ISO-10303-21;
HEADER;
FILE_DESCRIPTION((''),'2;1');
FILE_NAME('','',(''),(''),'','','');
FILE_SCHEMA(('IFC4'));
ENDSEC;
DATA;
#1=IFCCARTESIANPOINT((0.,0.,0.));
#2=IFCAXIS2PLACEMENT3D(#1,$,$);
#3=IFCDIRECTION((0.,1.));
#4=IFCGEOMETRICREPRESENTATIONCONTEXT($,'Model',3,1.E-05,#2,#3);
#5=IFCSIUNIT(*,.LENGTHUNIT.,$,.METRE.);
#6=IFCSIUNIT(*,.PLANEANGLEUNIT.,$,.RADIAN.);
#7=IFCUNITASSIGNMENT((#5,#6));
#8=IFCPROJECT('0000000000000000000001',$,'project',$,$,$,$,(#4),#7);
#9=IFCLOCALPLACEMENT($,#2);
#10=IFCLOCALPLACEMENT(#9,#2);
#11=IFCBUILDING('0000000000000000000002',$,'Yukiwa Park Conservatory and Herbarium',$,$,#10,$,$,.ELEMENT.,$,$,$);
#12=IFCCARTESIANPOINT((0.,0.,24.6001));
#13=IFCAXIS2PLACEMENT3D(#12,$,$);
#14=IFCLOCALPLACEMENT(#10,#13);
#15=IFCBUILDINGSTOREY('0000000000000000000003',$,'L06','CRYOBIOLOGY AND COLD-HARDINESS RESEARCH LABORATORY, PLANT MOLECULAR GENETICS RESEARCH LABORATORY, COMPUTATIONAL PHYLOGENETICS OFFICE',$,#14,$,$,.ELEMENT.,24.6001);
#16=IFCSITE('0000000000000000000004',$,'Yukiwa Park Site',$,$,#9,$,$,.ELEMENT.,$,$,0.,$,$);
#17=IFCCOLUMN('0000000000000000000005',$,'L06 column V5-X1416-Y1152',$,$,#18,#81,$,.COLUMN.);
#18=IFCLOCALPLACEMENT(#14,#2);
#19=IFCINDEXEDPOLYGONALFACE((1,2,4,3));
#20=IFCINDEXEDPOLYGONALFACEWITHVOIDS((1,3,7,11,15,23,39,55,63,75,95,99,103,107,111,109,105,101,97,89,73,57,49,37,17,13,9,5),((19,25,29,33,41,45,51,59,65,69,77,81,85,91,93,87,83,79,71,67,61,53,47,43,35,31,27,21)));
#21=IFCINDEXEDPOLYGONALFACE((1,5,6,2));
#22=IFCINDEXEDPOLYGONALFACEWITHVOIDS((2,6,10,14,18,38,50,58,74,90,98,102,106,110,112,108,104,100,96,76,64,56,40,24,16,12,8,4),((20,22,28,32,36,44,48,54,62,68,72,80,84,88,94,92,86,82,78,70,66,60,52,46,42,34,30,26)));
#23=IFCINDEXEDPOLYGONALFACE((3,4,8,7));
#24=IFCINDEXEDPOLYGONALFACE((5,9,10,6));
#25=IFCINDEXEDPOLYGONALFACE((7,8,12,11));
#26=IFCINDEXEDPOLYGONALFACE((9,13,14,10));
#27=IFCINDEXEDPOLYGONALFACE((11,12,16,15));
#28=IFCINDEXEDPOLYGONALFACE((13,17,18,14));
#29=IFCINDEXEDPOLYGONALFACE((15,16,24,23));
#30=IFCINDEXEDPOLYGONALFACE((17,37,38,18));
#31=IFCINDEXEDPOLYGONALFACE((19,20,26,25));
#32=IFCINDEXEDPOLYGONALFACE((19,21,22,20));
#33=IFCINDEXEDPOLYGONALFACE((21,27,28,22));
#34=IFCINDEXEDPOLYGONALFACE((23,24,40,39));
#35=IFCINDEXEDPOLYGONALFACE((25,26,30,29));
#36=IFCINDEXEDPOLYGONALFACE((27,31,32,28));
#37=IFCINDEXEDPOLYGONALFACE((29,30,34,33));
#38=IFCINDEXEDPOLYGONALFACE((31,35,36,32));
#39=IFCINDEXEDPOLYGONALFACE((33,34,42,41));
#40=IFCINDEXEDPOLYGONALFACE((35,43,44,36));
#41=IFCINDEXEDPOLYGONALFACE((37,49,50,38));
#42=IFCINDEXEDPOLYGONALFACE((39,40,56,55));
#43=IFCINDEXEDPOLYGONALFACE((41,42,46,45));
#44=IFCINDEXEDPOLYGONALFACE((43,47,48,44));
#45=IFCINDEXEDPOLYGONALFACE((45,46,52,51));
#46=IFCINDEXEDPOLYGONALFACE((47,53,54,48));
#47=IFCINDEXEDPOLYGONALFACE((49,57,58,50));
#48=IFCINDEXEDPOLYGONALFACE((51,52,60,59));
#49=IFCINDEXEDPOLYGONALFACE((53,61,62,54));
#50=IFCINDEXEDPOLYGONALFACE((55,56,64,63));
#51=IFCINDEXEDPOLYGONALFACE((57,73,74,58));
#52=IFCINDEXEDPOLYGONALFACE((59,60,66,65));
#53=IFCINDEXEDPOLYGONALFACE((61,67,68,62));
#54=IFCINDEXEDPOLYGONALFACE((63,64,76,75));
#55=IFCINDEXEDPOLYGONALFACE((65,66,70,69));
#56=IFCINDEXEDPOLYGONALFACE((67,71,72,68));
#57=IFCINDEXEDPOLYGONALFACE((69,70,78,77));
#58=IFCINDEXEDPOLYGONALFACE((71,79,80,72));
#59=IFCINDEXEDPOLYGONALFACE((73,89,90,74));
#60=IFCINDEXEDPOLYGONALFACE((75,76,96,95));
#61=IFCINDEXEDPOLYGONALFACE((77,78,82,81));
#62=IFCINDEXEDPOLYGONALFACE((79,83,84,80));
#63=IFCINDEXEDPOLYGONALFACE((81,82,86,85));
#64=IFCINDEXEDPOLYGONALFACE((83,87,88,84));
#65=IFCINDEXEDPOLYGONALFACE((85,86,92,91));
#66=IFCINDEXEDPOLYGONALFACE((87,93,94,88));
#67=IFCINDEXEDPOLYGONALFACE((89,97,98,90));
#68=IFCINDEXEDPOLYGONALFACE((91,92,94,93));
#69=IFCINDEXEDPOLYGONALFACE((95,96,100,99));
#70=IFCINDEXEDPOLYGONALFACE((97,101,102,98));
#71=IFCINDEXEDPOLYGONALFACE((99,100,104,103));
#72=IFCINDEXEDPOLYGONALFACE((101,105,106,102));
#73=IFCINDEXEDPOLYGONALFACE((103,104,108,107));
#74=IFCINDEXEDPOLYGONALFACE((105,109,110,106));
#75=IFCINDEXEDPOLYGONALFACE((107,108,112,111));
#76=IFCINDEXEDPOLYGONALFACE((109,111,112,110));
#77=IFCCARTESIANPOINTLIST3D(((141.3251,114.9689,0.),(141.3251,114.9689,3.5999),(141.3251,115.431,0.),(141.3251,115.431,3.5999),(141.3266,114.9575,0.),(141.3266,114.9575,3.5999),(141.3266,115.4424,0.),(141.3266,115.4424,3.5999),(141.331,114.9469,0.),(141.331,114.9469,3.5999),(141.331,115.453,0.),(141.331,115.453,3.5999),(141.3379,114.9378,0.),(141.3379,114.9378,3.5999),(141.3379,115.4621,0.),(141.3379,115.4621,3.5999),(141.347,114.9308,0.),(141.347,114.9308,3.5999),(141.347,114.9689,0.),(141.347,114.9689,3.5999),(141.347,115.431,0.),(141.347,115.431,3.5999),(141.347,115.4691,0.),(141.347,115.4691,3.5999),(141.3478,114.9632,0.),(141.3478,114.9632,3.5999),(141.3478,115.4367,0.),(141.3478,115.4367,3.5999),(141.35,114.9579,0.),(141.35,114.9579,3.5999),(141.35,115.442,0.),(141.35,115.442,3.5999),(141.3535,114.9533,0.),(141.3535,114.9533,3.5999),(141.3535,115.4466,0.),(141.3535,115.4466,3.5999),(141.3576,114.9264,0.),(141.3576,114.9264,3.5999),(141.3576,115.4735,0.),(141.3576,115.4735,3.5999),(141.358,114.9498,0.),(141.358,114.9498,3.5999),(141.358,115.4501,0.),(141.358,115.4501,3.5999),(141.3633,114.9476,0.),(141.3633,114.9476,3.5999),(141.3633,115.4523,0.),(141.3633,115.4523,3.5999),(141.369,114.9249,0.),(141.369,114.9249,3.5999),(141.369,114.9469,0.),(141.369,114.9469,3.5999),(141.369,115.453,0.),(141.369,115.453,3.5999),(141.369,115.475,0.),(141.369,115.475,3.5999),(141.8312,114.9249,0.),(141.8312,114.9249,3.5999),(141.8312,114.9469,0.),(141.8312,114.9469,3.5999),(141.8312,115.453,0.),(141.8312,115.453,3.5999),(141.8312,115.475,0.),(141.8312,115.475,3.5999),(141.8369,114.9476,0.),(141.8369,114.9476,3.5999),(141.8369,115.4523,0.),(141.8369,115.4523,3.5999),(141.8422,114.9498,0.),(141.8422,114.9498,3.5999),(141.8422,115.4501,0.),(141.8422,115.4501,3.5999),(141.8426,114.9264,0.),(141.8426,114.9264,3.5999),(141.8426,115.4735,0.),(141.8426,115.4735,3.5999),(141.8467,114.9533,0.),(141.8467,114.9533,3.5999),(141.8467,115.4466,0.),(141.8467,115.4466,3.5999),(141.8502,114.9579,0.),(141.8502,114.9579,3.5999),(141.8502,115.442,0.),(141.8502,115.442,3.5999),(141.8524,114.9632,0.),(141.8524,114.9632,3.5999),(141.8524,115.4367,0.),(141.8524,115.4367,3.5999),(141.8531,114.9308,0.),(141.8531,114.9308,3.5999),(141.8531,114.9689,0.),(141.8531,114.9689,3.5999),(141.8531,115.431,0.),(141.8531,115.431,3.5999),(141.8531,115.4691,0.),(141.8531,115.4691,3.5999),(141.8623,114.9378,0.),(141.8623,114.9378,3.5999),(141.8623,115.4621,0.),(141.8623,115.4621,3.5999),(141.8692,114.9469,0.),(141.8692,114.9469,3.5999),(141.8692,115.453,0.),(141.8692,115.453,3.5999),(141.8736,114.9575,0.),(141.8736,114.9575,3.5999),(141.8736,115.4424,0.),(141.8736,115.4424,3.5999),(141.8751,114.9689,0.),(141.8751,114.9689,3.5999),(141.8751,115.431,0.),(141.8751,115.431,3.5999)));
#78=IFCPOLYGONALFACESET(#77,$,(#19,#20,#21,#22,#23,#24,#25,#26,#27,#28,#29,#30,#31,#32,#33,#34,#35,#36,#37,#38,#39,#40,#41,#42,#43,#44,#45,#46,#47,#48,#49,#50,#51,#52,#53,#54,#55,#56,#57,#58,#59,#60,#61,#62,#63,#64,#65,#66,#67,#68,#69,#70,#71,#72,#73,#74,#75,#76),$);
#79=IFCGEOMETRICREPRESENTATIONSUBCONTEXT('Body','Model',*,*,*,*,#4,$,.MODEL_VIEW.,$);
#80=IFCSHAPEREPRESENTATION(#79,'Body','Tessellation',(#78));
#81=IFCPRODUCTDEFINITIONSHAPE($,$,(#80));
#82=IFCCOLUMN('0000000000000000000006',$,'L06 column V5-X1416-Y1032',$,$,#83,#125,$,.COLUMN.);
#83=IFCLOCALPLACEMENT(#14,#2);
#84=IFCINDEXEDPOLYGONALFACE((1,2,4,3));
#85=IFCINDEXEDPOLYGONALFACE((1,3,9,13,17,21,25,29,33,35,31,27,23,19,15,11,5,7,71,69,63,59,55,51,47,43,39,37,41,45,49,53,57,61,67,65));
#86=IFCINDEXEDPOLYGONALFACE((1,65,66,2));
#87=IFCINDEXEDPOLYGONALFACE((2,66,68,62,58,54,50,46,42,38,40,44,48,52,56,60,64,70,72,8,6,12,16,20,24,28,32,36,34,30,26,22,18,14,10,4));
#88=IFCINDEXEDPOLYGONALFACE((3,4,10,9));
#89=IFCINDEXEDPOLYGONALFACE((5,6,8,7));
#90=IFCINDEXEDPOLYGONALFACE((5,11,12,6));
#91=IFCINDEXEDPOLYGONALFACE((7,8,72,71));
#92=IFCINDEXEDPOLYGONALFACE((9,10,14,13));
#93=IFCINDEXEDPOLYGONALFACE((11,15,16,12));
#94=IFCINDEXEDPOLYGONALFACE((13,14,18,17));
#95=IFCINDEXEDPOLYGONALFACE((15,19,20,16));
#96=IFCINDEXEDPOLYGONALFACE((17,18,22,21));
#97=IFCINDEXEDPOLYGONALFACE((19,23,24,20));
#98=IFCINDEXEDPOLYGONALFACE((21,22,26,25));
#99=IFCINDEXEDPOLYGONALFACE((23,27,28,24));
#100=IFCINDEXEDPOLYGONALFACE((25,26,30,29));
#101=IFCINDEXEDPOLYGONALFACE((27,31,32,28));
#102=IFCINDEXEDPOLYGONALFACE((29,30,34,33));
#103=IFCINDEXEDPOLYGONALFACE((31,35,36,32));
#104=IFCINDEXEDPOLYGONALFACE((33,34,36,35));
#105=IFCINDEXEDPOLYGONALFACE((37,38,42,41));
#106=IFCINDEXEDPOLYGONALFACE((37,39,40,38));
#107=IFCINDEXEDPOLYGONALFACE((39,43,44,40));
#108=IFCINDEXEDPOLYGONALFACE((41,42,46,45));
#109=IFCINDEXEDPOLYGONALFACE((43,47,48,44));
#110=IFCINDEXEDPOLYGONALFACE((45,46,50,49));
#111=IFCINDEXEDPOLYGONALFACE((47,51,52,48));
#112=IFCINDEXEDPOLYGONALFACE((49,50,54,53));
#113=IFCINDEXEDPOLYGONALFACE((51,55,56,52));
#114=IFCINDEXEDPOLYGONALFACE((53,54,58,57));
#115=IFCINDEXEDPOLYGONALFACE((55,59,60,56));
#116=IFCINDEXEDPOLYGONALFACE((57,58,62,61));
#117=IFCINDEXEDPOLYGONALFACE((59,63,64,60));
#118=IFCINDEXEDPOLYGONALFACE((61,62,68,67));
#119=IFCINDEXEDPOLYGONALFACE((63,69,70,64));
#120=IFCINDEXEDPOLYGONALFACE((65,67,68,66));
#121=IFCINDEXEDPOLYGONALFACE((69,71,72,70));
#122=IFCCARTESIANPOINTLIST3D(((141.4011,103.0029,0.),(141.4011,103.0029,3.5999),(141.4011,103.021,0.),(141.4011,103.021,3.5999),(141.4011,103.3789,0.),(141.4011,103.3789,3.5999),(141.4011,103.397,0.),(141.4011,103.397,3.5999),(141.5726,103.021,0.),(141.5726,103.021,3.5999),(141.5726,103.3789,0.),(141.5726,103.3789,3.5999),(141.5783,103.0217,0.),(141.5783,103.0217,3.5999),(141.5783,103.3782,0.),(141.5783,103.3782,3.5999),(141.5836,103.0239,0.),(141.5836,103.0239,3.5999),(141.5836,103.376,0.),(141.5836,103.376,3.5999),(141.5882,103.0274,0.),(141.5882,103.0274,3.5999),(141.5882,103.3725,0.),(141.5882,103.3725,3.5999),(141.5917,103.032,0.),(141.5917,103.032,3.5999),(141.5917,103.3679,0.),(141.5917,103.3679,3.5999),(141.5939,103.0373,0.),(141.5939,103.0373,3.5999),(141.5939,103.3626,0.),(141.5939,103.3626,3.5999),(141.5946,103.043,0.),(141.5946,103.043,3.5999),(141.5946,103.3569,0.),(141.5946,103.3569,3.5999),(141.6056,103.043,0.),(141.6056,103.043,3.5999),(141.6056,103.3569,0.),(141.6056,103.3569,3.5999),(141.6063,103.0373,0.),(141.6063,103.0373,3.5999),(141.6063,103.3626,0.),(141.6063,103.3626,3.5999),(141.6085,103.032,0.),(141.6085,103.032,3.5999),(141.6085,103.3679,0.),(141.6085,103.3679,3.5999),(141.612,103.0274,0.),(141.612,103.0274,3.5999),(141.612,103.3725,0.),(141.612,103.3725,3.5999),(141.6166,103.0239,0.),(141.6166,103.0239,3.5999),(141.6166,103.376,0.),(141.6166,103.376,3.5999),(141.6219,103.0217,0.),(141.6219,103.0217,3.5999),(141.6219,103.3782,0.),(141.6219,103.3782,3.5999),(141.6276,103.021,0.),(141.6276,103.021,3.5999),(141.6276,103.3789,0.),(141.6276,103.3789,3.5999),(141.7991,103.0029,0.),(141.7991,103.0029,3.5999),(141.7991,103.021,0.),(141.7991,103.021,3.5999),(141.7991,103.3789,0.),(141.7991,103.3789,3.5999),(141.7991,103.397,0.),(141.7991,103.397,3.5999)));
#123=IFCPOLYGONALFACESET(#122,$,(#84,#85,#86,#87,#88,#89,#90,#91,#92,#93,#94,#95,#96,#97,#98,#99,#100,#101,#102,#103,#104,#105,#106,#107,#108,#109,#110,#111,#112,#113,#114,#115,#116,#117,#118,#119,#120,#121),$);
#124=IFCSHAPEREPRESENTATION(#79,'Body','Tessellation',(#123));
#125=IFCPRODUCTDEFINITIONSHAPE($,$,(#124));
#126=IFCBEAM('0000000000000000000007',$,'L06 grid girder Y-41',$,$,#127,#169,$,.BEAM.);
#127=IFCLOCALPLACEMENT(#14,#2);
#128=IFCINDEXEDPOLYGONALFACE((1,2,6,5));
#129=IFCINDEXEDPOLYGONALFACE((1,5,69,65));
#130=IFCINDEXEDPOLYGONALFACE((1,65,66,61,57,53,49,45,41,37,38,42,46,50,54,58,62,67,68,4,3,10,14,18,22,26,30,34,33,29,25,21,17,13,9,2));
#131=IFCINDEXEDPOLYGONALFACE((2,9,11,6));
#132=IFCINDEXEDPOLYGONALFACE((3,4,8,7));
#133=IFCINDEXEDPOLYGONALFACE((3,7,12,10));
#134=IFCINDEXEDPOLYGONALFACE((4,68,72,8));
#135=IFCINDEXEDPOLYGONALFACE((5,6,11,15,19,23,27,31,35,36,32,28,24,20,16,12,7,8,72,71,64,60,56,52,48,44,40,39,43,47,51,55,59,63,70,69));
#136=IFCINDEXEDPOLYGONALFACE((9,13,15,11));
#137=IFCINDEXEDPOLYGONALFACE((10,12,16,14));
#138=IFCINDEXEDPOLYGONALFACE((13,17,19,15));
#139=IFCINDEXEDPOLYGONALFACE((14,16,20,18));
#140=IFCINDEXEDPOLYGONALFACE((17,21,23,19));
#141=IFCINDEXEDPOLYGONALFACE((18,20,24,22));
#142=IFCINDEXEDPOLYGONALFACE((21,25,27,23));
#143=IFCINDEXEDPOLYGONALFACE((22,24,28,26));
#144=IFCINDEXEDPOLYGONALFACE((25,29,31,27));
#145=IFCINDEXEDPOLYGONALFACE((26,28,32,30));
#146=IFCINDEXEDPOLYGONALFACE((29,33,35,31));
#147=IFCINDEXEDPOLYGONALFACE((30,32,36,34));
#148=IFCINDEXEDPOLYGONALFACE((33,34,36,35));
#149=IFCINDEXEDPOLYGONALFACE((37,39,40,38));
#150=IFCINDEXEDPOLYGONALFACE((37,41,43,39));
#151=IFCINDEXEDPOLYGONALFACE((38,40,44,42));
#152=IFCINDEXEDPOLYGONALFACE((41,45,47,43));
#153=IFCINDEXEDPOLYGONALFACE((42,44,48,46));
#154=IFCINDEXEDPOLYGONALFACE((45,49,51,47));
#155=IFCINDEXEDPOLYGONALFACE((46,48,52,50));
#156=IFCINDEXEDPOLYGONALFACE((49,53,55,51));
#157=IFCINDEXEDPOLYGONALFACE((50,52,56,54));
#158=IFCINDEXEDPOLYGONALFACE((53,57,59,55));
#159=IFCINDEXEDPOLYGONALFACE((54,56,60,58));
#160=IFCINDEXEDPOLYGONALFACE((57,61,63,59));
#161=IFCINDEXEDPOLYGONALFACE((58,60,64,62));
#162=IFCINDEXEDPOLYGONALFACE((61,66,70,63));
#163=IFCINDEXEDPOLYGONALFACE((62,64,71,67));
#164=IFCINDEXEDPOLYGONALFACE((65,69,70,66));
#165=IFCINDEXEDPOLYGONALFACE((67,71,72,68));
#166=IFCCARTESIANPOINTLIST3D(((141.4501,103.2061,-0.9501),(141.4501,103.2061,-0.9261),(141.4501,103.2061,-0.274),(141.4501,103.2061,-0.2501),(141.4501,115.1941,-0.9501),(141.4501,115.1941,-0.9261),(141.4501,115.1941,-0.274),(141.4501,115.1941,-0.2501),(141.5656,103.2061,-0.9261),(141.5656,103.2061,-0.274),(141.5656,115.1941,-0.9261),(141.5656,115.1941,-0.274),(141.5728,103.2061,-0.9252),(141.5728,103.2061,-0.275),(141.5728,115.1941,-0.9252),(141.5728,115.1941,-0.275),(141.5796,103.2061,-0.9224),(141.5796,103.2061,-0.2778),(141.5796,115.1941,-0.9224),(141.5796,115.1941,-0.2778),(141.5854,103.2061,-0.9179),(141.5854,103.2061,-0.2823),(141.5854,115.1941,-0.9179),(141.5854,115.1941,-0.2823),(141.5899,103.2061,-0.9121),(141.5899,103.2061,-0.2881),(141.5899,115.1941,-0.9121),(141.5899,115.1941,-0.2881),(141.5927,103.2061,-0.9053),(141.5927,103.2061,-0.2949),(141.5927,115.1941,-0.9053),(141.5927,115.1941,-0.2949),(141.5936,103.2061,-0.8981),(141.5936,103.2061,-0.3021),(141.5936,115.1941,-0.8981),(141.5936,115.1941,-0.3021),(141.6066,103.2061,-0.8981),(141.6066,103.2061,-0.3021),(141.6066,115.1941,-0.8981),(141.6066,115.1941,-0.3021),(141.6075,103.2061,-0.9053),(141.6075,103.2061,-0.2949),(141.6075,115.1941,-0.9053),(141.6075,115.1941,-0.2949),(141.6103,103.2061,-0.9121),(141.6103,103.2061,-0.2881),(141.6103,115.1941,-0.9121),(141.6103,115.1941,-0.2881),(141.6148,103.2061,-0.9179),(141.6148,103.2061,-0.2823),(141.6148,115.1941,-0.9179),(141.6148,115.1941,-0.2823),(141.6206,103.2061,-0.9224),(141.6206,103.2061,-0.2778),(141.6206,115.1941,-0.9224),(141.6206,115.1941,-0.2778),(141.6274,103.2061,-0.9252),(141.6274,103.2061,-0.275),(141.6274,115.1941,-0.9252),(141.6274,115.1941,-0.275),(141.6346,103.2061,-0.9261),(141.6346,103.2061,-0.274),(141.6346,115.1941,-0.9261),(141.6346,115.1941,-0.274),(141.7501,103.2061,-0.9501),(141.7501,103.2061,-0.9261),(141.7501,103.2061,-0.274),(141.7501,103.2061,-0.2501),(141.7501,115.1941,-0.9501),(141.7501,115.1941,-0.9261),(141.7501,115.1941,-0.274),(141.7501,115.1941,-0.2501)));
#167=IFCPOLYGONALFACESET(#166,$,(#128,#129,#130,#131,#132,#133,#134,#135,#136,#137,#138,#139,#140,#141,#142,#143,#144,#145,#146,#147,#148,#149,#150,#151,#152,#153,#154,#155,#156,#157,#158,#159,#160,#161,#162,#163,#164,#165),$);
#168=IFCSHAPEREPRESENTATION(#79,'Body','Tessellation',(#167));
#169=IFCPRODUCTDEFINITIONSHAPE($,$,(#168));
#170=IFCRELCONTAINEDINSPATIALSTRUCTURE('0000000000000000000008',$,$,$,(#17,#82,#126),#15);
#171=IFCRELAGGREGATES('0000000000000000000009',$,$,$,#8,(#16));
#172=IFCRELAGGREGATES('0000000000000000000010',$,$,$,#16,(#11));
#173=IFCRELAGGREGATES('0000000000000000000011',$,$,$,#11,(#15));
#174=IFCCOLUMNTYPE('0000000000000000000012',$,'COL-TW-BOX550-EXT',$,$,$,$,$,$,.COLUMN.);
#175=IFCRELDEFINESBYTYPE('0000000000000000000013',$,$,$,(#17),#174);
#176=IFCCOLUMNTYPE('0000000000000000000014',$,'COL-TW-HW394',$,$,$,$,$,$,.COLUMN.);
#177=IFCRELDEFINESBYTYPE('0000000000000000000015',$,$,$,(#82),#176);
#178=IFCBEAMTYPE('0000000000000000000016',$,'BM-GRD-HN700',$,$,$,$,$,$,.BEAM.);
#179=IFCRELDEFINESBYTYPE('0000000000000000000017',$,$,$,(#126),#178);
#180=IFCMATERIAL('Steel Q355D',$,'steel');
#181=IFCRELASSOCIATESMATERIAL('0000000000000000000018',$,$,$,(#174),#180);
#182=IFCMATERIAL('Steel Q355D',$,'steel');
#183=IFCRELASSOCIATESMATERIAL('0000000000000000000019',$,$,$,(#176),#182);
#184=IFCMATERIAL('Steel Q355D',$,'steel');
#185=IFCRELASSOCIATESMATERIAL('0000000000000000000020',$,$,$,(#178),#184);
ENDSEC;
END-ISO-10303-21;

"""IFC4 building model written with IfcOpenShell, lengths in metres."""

from ifc_helpers import new_model, si_unit, direction, frame, origin, origin_2d, place, context, subcontext, project, spatial, hollow_rectangle, i_section, extrude, material, material_profile, profile_set, type_object, element, save


model = new_model("IFC4")

# Units and contexts
model_context = context("Model", 3, precision=1e-05, world=origin(), true_north=direction((0.0, 1.0)))
body_context = subcontext(model_context, "Body", "Model", "MODEL_VIEW")
ifc_project = project(units=[si_unit("LENGTHUNIT", "METRE"), si_unit("PLANEANGLEUNIT", "RADIAN")], contexts=[model_context])

# Site, building, storey
site_placement = place(None, origin())
site = spatial("IfcSite", under=ifc_project, at=site_placement, Name="Yukiwa Park Site", CompositionType="ELEMENT", RefElevation=0.0)
building_placement = place(site_placement, origin())
building = spatial("IfcBuilding", under=site, at=building_placement, Name="Yukiwa Park Conservatory and Herbarium", CompositionType="ELEMENT")
storey_placement = place(building_placement, frame((0.0, 0.0, 24.6001)))
storey = spatial("IfcBuildingStorey", under=building, at=storey_placement, Name="L06", Description="CRYOBIOLOGY AND COLD-HARDINESS RESEARCH LABORATORY, PLANT MOLECULAR GENETICS RESEARCH LABORATORY, COMPUTATIONAL PHYLOGENETICS OFFICE", CompositionType="ELEMENT", Elevation=24.6001)

# Columns
ifc_material_1 = material(Name="Steel Q355D", Category="steel")
ifc_material_profile_1 = material_profile(ifc_material_1, hollow_rectangle(XDim=0.55, YDim=0.55, WallThickness=0.022, InnerFilletRadius=0.022, OuterFilletRadius=0.0439, at=origin_2d()), Name="BOX 550x550x22")
ifc_profile_set_1 = profile_set([ifc_material_profile_1], Name="Steel Q355D")
column_type_1 = type_object("IfcColumnType", Name="COL-TW-BOX550-EXT", PredefinedType="COLUMN", material=ifc_profile_set_1)
column_1_placement = place(storey_placement, frame((141.6001, 115.2, 0.0), z_axis=(0.0, 0.0, 1.0), x_axis=(1.0, 0.0, 0.0)))
element("IfcColumn", 1, at=column_1_placement, inside=storey, type_object=column_type_1, Name="L06 column V5-X1416-Y1152", PredefinedType="COLUMN", context=body_context, shape_type="SweptSolid", body=[
    extrude(hollow_rectangle(XDim=0.55, YDim=0.55, WallThickness=0.022, InnerFilletRadius=0.022, OuterFilletRadius=0.0439, at=origin_2d()), origin(), (0.0, 0.0, 1.0), 3.5999),
])
ifc_material_2 = material(Name="Steel Q355D", Category="steel")
ifc_material_profile_2 = material_profile(ifc_material_2, i_section(OverallWidth=0.3979, OverallDepth=0.394, WebThickness=0.011, FlangeThickness=0.0181, FilletRadius=0.022, at=origin_2d()), Name="HW 394x398x11x18")
ifc_profile_set_2 = profile_set([ifc_material_profile_2], Name="Steel Q355D")
column_type_2 = type_object("IfcColumnType", Name="COL-TW-HW394", PredefinedType="COLUMN", material=ifc_profile_set_2)
column_2_placement = place(storey_placement, frame((141.6001, 103.2, 0.0), z_axis=(0.0, 0.0, 1.0), x_axis=(1.0, 0.0, 0.0)))
element("IfcColumn", 2, at=column_2_placement, inside=storey, type_object=column_type_2, Name="L06 column V5-X1416-Y1032", PredefinedType="COLUMN", context=body_context, shape_type="SweptSolid", body=[
    extrude(i_section(OverallWidth=0.3979, OverallDepth=0.394, WebThickness=0.011, FlangeThickness=0.0181, FilletRadius=0.022, at=origin_2d()), origin(), (0.0, 0.0, 1.0), 3.5999),
])

# Beam
ifc_material_3 = material(Name="Steel Q355D", Category="steel")
ifc_material_profile_3 = material_profile(ifc_material_3, i_section(OverallWidth=0.3, OverallDepth=0.7, WebThickness=0.0129, FlangeThickness=0.0239, FilletRadius=0.0281, at=origin_2d()), Name="HN 700x300x13x24")
ifc_profile_set_3 = profile_set([ifc_material_profile_3], Name="Steel Q355D")
beam_type_1 = type_object("IfcBeamType", Name="BM-GRD-HN700", PredefinedType="BEAM", material=ifc_profile_set_3)
beam_1_placement = place(storey_placement, frame((141.6001, 103.2061, -0.6001), z_axis=(0.0, 1.0, 0.0), x_axis=(-1.0, 0.0, 0.0)))
element("IfcBeam", 3, at=beam_1_placement, inside=storey, type_object=beam_type_1, Name="L06 grid girder Y-41", PredefinedType="BEAM", context=body_context, shape_type="SweptSolid", body=[
    extrude(i_section(OverallWidth=0.3, OverallDepth=0.7, WebThickness=0.0129, FlangeThickness=0.0239, FilletRadius=0.0281, at=origin_2d()), origin(), (0.0, 0.0, 1.0), 11.988),
])

save(model, "model.ifc")
